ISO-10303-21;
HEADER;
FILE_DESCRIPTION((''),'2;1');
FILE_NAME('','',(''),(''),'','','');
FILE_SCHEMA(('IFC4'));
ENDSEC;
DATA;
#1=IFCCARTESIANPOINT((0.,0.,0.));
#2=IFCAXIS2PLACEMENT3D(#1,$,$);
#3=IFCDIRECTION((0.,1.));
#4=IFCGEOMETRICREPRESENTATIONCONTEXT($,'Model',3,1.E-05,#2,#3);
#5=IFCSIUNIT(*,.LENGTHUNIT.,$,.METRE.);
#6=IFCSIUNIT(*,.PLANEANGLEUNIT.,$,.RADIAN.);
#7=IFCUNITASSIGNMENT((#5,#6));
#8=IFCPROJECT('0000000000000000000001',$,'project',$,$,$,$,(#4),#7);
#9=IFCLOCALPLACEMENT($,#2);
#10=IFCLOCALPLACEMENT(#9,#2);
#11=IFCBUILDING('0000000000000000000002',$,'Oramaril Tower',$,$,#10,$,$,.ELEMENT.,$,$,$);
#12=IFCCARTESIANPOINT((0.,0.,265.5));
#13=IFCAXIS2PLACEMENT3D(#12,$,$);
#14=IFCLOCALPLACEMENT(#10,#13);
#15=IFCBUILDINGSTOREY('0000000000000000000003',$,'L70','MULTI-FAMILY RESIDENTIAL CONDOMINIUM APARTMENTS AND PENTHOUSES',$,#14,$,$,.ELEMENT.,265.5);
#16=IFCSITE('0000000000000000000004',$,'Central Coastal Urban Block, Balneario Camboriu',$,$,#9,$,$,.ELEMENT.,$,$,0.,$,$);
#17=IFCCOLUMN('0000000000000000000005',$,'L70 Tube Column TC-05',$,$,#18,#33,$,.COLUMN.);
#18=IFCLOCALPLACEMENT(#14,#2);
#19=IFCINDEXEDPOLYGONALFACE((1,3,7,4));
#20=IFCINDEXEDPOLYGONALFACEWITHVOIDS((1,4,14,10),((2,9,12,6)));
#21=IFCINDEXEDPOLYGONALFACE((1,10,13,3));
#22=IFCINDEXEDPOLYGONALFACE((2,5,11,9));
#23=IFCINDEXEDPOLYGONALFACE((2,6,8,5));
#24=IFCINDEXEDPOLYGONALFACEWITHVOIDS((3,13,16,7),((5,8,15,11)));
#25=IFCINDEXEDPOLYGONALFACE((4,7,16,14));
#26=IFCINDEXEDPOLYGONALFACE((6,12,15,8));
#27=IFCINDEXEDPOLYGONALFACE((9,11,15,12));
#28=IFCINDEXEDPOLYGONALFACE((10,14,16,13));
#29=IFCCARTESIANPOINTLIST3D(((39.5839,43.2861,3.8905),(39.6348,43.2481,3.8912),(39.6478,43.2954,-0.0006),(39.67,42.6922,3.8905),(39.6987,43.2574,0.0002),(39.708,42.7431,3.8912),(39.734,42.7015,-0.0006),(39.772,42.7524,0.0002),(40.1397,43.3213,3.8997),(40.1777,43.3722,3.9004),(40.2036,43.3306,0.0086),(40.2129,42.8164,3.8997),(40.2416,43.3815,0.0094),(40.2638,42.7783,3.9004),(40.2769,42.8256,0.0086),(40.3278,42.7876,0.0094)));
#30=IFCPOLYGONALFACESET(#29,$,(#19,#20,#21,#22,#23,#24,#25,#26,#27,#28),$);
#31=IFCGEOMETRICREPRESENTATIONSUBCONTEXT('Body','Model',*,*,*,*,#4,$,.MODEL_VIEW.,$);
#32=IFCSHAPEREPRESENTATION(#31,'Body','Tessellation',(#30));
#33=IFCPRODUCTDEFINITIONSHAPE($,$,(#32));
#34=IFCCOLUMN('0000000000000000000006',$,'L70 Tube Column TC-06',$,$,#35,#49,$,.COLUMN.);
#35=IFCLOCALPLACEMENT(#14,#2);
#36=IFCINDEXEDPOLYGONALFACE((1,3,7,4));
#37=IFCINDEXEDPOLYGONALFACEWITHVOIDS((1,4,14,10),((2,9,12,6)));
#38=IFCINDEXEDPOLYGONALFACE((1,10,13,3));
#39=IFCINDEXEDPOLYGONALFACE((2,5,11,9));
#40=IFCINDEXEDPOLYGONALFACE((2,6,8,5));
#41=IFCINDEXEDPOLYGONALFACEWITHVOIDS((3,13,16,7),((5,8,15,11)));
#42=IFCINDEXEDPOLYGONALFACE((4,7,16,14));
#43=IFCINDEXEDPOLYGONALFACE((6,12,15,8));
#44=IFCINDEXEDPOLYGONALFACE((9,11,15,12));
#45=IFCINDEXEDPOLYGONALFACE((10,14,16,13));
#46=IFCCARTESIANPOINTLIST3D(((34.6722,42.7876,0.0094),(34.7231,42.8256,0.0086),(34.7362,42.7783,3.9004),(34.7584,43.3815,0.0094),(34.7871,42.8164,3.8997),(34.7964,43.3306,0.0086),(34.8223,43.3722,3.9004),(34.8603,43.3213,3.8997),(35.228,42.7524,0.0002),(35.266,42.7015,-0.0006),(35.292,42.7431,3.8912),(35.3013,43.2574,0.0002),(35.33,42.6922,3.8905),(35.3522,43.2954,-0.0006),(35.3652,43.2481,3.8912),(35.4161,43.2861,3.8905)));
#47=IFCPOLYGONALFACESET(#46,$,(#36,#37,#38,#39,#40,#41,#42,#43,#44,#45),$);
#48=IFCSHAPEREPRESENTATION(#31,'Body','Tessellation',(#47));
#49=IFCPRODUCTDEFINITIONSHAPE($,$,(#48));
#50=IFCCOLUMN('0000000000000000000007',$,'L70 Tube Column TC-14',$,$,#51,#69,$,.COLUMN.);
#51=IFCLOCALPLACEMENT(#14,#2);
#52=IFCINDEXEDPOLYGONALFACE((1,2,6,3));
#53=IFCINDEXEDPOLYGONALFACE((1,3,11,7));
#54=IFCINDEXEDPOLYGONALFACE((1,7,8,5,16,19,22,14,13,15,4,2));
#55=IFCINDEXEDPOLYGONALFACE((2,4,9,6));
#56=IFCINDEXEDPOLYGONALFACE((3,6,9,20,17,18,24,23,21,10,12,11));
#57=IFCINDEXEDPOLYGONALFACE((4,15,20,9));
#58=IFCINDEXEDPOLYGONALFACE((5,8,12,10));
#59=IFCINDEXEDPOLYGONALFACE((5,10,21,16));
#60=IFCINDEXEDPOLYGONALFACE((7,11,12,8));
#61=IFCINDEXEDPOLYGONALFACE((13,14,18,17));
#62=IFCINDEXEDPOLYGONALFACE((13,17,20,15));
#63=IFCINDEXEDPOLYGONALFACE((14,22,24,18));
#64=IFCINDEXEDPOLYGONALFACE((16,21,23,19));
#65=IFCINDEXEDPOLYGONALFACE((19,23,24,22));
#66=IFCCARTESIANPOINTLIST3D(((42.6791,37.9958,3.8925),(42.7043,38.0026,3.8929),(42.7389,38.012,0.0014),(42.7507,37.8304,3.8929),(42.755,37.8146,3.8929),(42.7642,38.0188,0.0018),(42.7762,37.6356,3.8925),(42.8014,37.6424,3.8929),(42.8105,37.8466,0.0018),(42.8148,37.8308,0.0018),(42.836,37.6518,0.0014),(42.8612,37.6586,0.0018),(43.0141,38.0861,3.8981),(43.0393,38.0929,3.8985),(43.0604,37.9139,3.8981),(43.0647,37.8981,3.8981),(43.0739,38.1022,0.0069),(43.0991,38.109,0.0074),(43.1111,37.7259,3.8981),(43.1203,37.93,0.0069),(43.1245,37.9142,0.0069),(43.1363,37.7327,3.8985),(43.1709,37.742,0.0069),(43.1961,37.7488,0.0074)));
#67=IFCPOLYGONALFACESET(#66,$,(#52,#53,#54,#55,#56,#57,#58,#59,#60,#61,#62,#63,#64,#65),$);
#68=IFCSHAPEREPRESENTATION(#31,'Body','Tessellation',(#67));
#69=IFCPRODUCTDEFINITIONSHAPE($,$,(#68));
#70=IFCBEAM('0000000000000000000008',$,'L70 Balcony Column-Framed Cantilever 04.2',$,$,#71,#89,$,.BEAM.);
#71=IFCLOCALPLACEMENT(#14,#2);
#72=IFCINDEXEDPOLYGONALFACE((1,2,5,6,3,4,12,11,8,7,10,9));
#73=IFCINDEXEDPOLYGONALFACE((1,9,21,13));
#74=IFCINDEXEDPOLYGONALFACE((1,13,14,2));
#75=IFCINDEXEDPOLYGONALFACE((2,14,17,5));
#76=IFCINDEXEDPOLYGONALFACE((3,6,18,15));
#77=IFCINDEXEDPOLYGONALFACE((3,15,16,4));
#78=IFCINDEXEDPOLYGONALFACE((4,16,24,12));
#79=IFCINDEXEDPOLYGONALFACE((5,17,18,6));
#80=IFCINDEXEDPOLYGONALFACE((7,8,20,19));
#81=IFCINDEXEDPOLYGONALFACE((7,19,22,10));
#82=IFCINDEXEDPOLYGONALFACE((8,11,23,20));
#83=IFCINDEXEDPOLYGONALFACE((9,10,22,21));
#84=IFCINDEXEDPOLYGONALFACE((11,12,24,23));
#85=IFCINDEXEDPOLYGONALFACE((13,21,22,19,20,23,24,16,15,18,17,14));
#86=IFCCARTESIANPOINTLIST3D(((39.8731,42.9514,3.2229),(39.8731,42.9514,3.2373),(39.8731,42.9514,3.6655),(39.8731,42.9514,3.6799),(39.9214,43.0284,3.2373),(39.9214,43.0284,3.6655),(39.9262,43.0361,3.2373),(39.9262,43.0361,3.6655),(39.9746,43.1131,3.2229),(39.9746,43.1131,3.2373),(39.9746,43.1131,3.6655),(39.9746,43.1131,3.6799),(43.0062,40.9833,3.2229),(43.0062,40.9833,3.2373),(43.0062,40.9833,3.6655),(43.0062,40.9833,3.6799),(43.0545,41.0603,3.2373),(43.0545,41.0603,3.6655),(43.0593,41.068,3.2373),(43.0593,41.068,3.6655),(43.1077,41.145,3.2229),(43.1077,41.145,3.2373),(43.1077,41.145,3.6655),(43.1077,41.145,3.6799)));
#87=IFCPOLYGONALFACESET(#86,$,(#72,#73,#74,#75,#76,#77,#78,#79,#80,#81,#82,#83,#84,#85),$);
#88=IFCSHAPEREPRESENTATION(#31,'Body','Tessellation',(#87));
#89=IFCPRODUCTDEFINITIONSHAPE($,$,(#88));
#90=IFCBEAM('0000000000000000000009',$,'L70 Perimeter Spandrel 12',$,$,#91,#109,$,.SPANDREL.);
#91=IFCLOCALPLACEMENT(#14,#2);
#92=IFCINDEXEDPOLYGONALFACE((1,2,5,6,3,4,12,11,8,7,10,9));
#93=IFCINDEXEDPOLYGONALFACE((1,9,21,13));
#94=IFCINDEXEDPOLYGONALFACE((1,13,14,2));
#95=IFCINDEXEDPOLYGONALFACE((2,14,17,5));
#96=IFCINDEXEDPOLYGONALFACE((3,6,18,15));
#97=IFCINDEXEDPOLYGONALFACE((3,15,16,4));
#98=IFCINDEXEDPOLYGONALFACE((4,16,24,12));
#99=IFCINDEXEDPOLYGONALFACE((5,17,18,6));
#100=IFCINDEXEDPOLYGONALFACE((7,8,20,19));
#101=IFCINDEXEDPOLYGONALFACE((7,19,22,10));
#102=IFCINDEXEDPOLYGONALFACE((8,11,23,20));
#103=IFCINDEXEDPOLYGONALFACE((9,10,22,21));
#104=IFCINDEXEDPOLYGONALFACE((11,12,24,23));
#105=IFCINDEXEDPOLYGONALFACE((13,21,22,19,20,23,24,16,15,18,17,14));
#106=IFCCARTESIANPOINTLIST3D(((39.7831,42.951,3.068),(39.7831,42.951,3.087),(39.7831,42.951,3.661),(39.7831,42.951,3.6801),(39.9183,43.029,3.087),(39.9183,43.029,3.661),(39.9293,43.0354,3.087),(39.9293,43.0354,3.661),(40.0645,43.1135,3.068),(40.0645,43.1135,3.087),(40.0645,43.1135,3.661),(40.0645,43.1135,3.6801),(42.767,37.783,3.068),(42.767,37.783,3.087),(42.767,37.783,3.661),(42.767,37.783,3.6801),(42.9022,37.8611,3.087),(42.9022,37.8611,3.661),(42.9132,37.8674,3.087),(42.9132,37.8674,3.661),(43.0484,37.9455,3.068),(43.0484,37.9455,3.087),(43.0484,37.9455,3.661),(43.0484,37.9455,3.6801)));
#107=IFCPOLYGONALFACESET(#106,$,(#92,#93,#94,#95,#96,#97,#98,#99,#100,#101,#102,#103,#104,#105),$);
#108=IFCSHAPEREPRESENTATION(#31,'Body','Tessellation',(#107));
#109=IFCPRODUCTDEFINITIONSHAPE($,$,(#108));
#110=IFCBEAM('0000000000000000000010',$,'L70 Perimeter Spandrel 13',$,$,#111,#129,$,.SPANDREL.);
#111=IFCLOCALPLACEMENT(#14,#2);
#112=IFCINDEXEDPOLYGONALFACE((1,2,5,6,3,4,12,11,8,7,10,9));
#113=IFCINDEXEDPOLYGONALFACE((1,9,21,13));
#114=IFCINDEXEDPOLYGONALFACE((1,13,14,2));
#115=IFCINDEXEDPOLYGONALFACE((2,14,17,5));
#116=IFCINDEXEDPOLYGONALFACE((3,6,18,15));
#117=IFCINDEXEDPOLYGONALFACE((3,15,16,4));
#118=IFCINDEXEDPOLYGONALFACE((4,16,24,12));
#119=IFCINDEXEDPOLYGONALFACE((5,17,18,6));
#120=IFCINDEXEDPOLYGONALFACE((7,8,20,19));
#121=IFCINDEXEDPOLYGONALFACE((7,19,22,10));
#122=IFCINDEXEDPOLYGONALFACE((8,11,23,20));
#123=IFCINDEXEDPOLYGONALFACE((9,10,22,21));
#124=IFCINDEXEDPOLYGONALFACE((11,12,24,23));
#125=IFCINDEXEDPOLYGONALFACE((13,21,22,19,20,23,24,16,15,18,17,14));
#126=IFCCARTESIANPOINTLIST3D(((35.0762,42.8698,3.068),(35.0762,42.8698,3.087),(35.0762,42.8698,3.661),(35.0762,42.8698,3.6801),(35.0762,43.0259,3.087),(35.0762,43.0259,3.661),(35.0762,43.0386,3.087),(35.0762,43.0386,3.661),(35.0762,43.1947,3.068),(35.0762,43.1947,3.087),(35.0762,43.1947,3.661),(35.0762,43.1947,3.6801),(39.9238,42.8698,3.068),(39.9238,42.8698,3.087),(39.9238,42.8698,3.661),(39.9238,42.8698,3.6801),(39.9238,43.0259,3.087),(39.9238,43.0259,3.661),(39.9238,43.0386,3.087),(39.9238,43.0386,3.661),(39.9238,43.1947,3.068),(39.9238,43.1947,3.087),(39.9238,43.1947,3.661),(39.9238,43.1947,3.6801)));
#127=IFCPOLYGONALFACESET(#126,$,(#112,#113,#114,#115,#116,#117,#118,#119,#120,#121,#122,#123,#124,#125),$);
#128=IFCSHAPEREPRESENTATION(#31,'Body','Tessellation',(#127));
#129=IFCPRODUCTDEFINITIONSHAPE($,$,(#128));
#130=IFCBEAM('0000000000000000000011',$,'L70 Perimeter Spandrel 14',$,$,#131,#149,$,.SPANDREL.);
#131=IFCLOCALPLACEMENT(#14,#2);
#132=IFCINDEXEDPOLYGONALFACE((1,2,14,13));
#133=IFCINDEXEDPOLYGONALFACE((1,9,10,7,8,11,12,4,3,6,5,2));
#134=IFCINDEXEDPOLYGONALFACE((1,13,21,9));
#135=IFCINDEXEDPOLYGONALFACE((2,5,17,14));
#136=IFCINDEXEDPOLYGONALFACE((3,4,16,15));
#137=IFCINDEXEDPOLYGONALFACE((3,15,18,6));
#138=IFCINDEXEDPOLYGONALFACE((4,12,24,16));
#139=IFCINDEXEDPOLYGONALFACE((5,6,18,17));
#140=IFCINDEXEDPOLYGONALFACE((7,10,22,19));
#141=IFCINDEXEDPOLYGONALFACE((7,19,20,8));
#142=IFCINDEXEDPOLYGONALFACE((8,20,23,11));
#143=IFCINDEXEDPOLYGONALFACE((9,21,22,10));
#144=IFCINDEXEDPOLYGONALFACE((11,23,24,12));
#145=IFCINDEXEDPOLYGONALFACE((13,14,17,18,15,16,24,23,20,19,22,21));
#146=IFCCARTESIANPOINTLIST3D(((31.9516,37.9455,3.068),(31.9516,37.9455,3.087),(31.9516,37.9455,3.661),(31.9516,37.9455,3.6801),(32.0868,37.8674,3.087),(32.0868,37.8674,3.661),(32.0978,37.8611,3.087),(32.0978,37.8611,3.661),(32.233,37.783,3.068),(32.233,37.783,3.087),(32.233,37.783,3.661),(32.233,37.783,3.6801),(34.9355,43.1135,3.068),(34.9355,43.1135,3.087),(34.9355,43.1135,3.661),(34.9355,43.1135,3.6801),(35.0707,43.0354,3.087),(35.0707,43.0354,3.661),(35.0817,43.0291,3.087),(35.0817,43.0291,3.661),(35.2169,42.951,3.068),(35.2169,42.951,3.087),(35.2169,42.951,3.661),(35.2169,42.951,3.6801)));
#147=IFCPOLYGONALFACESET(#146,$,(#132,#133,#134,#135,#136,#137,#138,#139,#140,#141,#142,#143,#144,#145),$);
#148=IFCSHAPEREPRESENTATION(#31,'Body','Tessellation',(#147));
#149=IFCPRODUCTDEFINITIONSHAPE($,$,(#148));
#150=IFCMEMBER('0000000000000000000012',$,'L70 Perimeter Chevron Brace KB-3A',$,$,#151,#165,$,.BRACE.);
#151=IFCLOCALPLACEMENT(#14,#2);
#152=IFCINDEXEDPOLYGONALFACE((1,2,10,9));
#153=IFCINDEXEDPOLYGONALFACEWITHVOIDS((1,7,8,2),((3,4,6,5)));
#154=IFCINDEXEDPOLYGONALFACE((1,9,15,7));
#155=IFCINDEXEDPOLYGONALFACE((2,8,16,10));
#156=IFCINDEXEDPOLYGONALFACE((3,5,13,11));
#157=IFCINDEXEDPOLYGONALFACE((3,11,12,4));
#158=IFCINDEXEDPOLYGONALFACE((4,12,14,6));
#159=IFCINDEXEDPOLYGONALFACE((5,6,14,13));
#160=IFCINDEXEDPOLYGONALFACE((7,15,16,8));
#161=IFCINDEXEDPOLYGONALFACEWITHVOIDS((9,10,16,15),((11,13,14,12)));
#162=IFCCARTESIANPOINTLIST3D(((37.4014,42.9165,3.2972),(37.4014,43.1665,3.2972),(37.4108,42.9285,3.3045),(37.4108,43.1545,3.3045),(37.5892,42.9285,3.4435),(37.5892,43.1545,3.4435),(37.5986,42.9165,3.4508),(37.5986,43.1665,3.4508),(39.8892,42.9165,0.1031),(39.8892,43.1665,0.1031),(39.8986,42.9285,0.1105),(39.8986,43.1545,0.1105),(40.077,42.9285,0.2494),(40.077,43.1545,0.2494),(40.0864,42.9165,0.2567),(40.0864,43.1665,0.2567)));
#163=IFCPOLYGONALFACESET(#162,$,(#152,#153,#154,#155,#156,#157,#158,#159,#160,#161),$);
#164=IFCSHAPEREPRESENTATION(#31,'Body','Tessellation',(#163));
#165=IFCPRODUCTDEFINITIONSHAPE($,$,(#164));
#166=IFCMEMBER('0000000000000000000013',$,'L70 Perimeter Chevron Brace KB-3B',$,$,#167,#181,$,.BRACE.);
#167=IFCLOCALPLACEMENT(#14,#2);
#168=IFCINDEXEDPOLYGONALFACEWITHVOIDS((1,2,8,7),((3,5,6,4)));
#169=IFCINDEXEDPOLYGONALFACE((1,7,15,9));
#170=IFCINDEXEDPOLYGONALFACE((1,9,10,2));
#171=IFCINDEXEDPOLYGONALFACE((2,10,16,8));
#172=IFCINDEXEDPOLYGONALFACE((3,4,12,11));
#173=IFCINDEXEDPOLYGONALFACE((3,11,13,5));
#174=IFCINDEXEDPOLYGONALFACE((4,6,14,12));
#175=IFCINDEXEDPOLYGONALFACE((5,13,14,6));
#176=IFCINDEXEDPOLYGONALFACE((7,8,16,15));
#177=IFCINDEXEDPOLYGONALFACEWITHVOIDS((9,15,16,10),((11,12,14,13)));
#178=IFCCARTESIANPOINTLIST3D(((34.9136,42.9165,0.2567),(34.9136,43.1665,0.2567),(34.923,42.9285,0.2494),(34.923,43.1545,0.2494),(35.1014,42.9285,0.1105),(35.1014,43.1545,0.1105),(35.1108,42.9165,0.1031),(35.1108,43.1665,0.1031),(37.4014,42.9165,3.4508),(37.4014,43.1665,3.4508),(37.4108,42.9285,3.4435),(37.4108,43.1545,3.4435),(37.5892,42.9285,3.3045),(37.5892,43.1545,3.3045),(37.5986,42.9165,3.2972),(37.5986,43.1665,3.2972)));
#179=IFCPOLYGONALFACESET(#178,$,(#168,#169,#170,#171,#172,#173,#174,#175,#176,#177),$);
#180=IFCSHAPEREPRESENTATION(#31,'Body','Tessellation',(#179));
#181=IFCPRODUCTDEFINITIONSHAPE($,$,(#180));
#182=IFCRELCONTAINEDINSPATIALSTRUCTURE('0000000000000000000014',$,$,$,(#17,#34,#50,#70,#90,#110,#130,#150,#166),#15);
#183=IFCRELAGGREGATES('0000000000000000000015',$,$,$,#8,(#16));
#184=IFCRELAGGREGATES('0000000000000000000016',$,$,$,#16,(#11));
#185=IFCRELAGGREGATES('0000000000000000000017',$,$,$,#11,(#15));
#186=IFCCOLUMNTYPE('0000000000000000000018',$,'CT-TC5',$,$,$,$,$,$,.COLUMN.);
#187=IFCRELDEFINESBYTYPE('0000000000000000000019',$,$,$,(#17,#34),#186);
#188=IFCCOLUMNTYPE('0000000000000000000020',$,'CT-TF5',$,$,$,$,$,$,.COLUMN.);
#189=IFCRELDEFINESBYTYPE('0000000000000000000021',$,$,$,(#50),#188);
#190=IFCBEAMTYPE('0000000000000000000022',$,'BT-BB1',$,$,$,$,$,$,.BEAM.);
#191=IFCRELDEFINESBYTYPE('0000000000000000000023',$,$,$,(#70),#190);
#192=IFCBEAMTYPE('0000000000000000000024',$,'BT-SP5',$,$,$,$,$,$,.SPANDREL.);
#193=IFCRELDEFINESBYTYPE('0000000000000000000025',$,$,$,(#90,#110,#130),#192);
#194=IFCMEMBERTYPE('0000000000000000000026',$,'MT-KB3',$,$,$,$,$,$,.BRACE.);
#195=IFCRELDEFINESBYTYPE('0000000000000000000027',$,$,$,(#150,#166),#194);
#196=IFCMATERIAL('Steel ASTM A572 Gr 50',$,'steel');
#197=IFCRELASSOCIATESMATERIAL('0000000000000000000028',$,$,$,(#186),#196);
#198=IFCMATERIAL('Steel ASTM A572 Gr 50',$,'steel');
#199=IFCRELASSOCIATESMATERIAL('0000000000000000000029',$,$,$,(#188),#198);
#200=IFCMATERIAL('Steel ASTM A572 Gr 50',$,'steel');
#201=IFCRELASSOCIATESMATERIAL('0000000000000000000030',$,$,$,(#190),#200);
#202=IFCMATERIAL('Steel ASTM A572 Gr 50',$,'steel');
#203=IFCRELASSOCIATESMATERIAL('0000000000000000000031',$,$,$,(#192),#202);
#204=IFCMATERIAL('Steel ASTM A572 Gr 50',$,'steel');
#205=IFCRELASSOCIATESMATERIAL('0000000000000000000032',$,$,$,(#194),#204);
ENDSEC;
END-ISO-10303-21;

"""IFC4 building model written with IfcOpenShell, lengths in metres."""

from ifc_helpers import new_model, si_unit, direction, frame, origin, origin_2d, place, context, subcontext, project, spatial, hollow_rectangle, i_section, extrude, material, material_profile, profile_set, type_object, element, save


model = new_model("IFC4")

# Units and contexts
model_context = context("Model", 3, precision=1e-05, world=origin(), true_north=direction((0.0, 1.0)))
body_context = subcontext(model_context, "Body", "Model", "MODEL_VIEW")
ifc_project = project(units=[si_unit("LENGTHUNIT", "METRE"), si_unit("PLANEANGLEUNIT", "RADIAN")], contexts=[model_context])

# Site, building, storey
site_placement = place(None, origin())
site = spatial("IfcSite", under=ifc_project, at=site_placement, Name="Central Coastal Urban Block, Balneario Camboriu", CompositionType="ELEMENT", RefElevation=0.0)
building_placement = place(site_placement, origin())
building = spatial("IfcBuilding", under=site, at=building_placement, Name="Oramaril Tower", CompositionType="ELEMENT")
storey_placement = place(building_placement, frame((0.0, 0.0, 265.5)))
storey = spatial("IfcBuildingStorey", under=building, at=storey_placement, Name="L70", Description="MULTI-FAMILY RESIDENTIAL CONDOMINIUM APARTMENTS AND PENTHOUSES", CompositionType="ELEMENT", Elevation=265.5)

# Columns
ifc_material_1 = material(Name="Steel ASTM A572 Gr 50", Category="steel")
ifc_material_profile_1 = material_profile(ifc_material_1, hollow_rectangle(XDim=0.6001, YDim=0.6001, WallThickness=0.0449, at=origin_2d()), Name="BOX600X600X45")
ifc_profile_set_1 = profile_set([ifc_material_profile_1], Name="Steel ASTM A572 Gr 50")
column_type_1 = type_object("IfcColumnType", Name="CT-TC5", PredefinedType="COLUMN", material=ifc_profile_set_1)
for number, where, z_axis, x_axis, name in (
    (1, (39.9878, 43.0415, 0.0044), (-0.016436, -0.002384, 0.999862), (0.143536, -0.989645, 0.0), "L70 Tube Column TC-05"),
    (2, (35.0122, 43.0415, 0.0044), (0.016436, -0.002384, 0.999862), (0.143536, 0.989645, 0.0), "L70 Tube Column TC-06"),
):
    element("IfcColumn", number, at=place(storey_placement, frame(where, z_axis=z_axis, x_axis=x_axis)), inside=storey, type_object=column_type_1, Name=name, PredefinedType="COLUMN", context=body_context, shape_type="SweptSolid", body=[
        extrude(hollow_rectangle(XDim=0.6001, YDim=0.6001, WallThickness=0.0449, at=origin_2d()), origin(), (0.0, 0.0, 1.0), 3.8916),
    ])
ifc_material_2 = material(Name="Steel ASTM A572 Gr 50", Category="steel")
ifc_material_profile_2 = material_profile(ifc_material_2, i_section(OverallWidth=0.373, OverallDepth=0.373, WebThickness=0.0164, FlangeThickness=0.0261, at=origin_2d()), Name="W14X132")
ifc_profile_set_2 = profile_set([ifc_material_profile_2], Name="Steel ASTM A572 Gr 50")
column_type_2 = type_object("IfcColumnType", Name="CT-TF5", PredefinedType="COLUMN", material=ifc_profile_set_2)
column_placement = place(storey_placement, frame((42.9675, 37.8804, 0.0044), z_axis=(-0.01537, -0.004141, 0.999873), x_axis=(0.260115, -0.965578, 0.0)))
element("IfcColumn", 3, at=column_placement, inside=storey, type_object=column_type_2, Name="L70 Tube Column TC-14", PredefinedType="COLUMN", context=body_context, shape_type="SweptSolid", body=[
    extrude(i_section(OverallWidth=0.373, OverallDepth=0.373, WebThickness=0.0164, FlangeThickness=0.0261, at=origin_2d()), origin(), (0.0, 0.0, 1.0), 3.8916),
])

# Beams
ifc_material_3 = material(Name="Steel ASTM A572 Gr 50", Category="steel")
ifc_material_profile_3 = material_profile(ifc_material_3, i_section(OverallWidth=0.1909, OverallDepth=0.457, WebThickness=0.009, FlangeThickness=0.0144, at=origin_2d()), Name="W18X50")
ifc_profile_set_3 = profile_set([ifc_material_profile_3], Name="Steel ASTM A572 Gr 50")
beam_type_1 = type_object("IfcBeamType", Name="BT-BB1", PredefinedType="BEAM", material=ifc_profile_set_3)
beam_1_placement = place(storey_placement, frame((39.9238, 43.0322, 3.4514), z_axis=(0.846799, -0.531913, 0.0), x_axis=(0.531913, 0.846799, 0.0)))
element("IfcBeam", 4, at=beam_1_placement, inside=storey, type_object=beam_type_1, Name="L70 Balcony Column-Framed Cantilever 04.2", PredefinedType="BEAM", context=body_context, shape_type="SweptSolid", body=[
    extrude(i_section(OverallWidth=0.1909, OverallDepth=0.457, WebThickness=0.009, FlangeThickness=0.0144, at=origin_2d()), origin(), (0.0, 0.0, 1.0), 3.7),
])
ifc_material_4 = material(Name="Steel ASTM A572 Gr 50", Category="steel")
ifc_material_profile_4 = material_profile(ifc_material_4, i_section(OverallWidth=0.325, OverallDepth=0.6121, WebThickness=0.0127, FlangeThickness=0.019, at=origin_2d()), Name="W24X104")
ifc_profile_set_4 = profile_set([ifc_material_profile_4], Name="Steel ASTM A572 Gr 50")
beam_type_2 = type_object("IfcBeamType", Name="BT-SP5", PredefinedType="SPANDREL", material=ifc_profile_set_4)
beam_2_placement = place(storey_placement, frame((42.9077, 37.8643, 3.374), z_axis=(-0.50002, 0.866014, 0.0), x_axis=(-0.866014, -0.50002, 0.0)))
element("IfcBeam", 5, at=beam_2_placement, inside=storey, type_object=beam_type_2, Name="L70 Perimeter Spandrel 12", PredefinedType="SPANDREL", context=body_context, shape_type="SweptSolid", body=[
    extrude(i_section(OverallWidth=0.325, OverallDepth=0.6121, WebThickness=0.0127, FlangeThickness=0.019, at=origin_2d()), origin(), (0.0, 0.0, 1.0), 5.9675),
])
beam_3_placement = place(storey_placement, frame((39.9238, 43.0322, 3.374), z_axis=(-1.0, 0.0, 0.0), x_axis=(0.0, -1.0, 0.0)))
element("IfcBeam", 6, at=beam_3_placement, inside=storey, type_object=beam_type_2, Name="L70 Perimeter Spandrel 13", PredefinedType="SPANDREL", context=body_context, shape_type="SweptSolid", body=[
    extrude(i_section(OverallWidth=0.325, OverallDepth=0.6121, WebThickness=0.0127, FlangeThickness=0.019, at=origin_2d()), origin(), (0.0, 0.0, 1.0), 4.8477),
])
beam_4_placement = place(storey_placement, frame((35.0762, 43.0322, 3.374), z_axis=(-0.50002, -0.866014, 0.0), x_axis=(0.866014, -0.50002, 0.0)))
element("IfcBeam", 7, at=beam_4_placement, inside=storey, type_object=beam_type_2, Name="L70 Perimeter Spandrel 14", PredefinedType="SPANDREL", context=body_context, shape_type="SweptSolid", body=[
    extrude(i_section(OverallWidth=0.325, OverallDepth=0.6121, WebThickness=0.0127, FlangeThickness=0.019, at=origin_2d()), origin(), (0.0, 0.0, 1.0), 5.9675),
])

# Members
ifc_material_5 = material(Name="Steel ASTM A572 Gr 50", Category="steel")
ifc_material_profile_5 = material_profile(ifc_material_5, hollow_rectangle(XDim=0.25, YDim=0.25, WallThickness=0.012, at=origin_2d()), Name="HSS250X250X12")
ifc_profile_set_5 = profile_set([ifc_material_profile_5], Name="Steel ASTM A572 Gr 50")
member_type = type_object("IfcMemberType", Name="MT-KB3", PredefinedType="BRACE", material=ifc_profile_set_5)
for number, where, z_axis, x_axis, name in (
    (8, (39.9878, 43.0415, 0.1799), (-0.614479, 0.0, 0.788933), (0.0, -1.0, 0.0), "L70 Perimeter Chevron Brace KB-3A"),
    (9, (35.0122, 43.0415, 0.1799), (0.614479, 0.0, 0.788933), (0.0, 1.0, 0.0), "L70 Perimeter Chevron Brace KB-3B"),
):
    element("IfcMember", number, at=place(storey_placement, frame(where, z_axis=z_axis, x_axis=x_axis)), inside=storey, type_object=member_type, Name=name, PredefinedType="BRACE", context=body_context, shape_type="SweptSolid", body=[
        extrude(hollow_rectangle(XDim=0.25, YDim=0.25, WallThickness=0.012, at=origin_2d()), origin(), (0.0, 0.0, 1.0), 4.0486),
    ])

save(model, "model.ifc")
